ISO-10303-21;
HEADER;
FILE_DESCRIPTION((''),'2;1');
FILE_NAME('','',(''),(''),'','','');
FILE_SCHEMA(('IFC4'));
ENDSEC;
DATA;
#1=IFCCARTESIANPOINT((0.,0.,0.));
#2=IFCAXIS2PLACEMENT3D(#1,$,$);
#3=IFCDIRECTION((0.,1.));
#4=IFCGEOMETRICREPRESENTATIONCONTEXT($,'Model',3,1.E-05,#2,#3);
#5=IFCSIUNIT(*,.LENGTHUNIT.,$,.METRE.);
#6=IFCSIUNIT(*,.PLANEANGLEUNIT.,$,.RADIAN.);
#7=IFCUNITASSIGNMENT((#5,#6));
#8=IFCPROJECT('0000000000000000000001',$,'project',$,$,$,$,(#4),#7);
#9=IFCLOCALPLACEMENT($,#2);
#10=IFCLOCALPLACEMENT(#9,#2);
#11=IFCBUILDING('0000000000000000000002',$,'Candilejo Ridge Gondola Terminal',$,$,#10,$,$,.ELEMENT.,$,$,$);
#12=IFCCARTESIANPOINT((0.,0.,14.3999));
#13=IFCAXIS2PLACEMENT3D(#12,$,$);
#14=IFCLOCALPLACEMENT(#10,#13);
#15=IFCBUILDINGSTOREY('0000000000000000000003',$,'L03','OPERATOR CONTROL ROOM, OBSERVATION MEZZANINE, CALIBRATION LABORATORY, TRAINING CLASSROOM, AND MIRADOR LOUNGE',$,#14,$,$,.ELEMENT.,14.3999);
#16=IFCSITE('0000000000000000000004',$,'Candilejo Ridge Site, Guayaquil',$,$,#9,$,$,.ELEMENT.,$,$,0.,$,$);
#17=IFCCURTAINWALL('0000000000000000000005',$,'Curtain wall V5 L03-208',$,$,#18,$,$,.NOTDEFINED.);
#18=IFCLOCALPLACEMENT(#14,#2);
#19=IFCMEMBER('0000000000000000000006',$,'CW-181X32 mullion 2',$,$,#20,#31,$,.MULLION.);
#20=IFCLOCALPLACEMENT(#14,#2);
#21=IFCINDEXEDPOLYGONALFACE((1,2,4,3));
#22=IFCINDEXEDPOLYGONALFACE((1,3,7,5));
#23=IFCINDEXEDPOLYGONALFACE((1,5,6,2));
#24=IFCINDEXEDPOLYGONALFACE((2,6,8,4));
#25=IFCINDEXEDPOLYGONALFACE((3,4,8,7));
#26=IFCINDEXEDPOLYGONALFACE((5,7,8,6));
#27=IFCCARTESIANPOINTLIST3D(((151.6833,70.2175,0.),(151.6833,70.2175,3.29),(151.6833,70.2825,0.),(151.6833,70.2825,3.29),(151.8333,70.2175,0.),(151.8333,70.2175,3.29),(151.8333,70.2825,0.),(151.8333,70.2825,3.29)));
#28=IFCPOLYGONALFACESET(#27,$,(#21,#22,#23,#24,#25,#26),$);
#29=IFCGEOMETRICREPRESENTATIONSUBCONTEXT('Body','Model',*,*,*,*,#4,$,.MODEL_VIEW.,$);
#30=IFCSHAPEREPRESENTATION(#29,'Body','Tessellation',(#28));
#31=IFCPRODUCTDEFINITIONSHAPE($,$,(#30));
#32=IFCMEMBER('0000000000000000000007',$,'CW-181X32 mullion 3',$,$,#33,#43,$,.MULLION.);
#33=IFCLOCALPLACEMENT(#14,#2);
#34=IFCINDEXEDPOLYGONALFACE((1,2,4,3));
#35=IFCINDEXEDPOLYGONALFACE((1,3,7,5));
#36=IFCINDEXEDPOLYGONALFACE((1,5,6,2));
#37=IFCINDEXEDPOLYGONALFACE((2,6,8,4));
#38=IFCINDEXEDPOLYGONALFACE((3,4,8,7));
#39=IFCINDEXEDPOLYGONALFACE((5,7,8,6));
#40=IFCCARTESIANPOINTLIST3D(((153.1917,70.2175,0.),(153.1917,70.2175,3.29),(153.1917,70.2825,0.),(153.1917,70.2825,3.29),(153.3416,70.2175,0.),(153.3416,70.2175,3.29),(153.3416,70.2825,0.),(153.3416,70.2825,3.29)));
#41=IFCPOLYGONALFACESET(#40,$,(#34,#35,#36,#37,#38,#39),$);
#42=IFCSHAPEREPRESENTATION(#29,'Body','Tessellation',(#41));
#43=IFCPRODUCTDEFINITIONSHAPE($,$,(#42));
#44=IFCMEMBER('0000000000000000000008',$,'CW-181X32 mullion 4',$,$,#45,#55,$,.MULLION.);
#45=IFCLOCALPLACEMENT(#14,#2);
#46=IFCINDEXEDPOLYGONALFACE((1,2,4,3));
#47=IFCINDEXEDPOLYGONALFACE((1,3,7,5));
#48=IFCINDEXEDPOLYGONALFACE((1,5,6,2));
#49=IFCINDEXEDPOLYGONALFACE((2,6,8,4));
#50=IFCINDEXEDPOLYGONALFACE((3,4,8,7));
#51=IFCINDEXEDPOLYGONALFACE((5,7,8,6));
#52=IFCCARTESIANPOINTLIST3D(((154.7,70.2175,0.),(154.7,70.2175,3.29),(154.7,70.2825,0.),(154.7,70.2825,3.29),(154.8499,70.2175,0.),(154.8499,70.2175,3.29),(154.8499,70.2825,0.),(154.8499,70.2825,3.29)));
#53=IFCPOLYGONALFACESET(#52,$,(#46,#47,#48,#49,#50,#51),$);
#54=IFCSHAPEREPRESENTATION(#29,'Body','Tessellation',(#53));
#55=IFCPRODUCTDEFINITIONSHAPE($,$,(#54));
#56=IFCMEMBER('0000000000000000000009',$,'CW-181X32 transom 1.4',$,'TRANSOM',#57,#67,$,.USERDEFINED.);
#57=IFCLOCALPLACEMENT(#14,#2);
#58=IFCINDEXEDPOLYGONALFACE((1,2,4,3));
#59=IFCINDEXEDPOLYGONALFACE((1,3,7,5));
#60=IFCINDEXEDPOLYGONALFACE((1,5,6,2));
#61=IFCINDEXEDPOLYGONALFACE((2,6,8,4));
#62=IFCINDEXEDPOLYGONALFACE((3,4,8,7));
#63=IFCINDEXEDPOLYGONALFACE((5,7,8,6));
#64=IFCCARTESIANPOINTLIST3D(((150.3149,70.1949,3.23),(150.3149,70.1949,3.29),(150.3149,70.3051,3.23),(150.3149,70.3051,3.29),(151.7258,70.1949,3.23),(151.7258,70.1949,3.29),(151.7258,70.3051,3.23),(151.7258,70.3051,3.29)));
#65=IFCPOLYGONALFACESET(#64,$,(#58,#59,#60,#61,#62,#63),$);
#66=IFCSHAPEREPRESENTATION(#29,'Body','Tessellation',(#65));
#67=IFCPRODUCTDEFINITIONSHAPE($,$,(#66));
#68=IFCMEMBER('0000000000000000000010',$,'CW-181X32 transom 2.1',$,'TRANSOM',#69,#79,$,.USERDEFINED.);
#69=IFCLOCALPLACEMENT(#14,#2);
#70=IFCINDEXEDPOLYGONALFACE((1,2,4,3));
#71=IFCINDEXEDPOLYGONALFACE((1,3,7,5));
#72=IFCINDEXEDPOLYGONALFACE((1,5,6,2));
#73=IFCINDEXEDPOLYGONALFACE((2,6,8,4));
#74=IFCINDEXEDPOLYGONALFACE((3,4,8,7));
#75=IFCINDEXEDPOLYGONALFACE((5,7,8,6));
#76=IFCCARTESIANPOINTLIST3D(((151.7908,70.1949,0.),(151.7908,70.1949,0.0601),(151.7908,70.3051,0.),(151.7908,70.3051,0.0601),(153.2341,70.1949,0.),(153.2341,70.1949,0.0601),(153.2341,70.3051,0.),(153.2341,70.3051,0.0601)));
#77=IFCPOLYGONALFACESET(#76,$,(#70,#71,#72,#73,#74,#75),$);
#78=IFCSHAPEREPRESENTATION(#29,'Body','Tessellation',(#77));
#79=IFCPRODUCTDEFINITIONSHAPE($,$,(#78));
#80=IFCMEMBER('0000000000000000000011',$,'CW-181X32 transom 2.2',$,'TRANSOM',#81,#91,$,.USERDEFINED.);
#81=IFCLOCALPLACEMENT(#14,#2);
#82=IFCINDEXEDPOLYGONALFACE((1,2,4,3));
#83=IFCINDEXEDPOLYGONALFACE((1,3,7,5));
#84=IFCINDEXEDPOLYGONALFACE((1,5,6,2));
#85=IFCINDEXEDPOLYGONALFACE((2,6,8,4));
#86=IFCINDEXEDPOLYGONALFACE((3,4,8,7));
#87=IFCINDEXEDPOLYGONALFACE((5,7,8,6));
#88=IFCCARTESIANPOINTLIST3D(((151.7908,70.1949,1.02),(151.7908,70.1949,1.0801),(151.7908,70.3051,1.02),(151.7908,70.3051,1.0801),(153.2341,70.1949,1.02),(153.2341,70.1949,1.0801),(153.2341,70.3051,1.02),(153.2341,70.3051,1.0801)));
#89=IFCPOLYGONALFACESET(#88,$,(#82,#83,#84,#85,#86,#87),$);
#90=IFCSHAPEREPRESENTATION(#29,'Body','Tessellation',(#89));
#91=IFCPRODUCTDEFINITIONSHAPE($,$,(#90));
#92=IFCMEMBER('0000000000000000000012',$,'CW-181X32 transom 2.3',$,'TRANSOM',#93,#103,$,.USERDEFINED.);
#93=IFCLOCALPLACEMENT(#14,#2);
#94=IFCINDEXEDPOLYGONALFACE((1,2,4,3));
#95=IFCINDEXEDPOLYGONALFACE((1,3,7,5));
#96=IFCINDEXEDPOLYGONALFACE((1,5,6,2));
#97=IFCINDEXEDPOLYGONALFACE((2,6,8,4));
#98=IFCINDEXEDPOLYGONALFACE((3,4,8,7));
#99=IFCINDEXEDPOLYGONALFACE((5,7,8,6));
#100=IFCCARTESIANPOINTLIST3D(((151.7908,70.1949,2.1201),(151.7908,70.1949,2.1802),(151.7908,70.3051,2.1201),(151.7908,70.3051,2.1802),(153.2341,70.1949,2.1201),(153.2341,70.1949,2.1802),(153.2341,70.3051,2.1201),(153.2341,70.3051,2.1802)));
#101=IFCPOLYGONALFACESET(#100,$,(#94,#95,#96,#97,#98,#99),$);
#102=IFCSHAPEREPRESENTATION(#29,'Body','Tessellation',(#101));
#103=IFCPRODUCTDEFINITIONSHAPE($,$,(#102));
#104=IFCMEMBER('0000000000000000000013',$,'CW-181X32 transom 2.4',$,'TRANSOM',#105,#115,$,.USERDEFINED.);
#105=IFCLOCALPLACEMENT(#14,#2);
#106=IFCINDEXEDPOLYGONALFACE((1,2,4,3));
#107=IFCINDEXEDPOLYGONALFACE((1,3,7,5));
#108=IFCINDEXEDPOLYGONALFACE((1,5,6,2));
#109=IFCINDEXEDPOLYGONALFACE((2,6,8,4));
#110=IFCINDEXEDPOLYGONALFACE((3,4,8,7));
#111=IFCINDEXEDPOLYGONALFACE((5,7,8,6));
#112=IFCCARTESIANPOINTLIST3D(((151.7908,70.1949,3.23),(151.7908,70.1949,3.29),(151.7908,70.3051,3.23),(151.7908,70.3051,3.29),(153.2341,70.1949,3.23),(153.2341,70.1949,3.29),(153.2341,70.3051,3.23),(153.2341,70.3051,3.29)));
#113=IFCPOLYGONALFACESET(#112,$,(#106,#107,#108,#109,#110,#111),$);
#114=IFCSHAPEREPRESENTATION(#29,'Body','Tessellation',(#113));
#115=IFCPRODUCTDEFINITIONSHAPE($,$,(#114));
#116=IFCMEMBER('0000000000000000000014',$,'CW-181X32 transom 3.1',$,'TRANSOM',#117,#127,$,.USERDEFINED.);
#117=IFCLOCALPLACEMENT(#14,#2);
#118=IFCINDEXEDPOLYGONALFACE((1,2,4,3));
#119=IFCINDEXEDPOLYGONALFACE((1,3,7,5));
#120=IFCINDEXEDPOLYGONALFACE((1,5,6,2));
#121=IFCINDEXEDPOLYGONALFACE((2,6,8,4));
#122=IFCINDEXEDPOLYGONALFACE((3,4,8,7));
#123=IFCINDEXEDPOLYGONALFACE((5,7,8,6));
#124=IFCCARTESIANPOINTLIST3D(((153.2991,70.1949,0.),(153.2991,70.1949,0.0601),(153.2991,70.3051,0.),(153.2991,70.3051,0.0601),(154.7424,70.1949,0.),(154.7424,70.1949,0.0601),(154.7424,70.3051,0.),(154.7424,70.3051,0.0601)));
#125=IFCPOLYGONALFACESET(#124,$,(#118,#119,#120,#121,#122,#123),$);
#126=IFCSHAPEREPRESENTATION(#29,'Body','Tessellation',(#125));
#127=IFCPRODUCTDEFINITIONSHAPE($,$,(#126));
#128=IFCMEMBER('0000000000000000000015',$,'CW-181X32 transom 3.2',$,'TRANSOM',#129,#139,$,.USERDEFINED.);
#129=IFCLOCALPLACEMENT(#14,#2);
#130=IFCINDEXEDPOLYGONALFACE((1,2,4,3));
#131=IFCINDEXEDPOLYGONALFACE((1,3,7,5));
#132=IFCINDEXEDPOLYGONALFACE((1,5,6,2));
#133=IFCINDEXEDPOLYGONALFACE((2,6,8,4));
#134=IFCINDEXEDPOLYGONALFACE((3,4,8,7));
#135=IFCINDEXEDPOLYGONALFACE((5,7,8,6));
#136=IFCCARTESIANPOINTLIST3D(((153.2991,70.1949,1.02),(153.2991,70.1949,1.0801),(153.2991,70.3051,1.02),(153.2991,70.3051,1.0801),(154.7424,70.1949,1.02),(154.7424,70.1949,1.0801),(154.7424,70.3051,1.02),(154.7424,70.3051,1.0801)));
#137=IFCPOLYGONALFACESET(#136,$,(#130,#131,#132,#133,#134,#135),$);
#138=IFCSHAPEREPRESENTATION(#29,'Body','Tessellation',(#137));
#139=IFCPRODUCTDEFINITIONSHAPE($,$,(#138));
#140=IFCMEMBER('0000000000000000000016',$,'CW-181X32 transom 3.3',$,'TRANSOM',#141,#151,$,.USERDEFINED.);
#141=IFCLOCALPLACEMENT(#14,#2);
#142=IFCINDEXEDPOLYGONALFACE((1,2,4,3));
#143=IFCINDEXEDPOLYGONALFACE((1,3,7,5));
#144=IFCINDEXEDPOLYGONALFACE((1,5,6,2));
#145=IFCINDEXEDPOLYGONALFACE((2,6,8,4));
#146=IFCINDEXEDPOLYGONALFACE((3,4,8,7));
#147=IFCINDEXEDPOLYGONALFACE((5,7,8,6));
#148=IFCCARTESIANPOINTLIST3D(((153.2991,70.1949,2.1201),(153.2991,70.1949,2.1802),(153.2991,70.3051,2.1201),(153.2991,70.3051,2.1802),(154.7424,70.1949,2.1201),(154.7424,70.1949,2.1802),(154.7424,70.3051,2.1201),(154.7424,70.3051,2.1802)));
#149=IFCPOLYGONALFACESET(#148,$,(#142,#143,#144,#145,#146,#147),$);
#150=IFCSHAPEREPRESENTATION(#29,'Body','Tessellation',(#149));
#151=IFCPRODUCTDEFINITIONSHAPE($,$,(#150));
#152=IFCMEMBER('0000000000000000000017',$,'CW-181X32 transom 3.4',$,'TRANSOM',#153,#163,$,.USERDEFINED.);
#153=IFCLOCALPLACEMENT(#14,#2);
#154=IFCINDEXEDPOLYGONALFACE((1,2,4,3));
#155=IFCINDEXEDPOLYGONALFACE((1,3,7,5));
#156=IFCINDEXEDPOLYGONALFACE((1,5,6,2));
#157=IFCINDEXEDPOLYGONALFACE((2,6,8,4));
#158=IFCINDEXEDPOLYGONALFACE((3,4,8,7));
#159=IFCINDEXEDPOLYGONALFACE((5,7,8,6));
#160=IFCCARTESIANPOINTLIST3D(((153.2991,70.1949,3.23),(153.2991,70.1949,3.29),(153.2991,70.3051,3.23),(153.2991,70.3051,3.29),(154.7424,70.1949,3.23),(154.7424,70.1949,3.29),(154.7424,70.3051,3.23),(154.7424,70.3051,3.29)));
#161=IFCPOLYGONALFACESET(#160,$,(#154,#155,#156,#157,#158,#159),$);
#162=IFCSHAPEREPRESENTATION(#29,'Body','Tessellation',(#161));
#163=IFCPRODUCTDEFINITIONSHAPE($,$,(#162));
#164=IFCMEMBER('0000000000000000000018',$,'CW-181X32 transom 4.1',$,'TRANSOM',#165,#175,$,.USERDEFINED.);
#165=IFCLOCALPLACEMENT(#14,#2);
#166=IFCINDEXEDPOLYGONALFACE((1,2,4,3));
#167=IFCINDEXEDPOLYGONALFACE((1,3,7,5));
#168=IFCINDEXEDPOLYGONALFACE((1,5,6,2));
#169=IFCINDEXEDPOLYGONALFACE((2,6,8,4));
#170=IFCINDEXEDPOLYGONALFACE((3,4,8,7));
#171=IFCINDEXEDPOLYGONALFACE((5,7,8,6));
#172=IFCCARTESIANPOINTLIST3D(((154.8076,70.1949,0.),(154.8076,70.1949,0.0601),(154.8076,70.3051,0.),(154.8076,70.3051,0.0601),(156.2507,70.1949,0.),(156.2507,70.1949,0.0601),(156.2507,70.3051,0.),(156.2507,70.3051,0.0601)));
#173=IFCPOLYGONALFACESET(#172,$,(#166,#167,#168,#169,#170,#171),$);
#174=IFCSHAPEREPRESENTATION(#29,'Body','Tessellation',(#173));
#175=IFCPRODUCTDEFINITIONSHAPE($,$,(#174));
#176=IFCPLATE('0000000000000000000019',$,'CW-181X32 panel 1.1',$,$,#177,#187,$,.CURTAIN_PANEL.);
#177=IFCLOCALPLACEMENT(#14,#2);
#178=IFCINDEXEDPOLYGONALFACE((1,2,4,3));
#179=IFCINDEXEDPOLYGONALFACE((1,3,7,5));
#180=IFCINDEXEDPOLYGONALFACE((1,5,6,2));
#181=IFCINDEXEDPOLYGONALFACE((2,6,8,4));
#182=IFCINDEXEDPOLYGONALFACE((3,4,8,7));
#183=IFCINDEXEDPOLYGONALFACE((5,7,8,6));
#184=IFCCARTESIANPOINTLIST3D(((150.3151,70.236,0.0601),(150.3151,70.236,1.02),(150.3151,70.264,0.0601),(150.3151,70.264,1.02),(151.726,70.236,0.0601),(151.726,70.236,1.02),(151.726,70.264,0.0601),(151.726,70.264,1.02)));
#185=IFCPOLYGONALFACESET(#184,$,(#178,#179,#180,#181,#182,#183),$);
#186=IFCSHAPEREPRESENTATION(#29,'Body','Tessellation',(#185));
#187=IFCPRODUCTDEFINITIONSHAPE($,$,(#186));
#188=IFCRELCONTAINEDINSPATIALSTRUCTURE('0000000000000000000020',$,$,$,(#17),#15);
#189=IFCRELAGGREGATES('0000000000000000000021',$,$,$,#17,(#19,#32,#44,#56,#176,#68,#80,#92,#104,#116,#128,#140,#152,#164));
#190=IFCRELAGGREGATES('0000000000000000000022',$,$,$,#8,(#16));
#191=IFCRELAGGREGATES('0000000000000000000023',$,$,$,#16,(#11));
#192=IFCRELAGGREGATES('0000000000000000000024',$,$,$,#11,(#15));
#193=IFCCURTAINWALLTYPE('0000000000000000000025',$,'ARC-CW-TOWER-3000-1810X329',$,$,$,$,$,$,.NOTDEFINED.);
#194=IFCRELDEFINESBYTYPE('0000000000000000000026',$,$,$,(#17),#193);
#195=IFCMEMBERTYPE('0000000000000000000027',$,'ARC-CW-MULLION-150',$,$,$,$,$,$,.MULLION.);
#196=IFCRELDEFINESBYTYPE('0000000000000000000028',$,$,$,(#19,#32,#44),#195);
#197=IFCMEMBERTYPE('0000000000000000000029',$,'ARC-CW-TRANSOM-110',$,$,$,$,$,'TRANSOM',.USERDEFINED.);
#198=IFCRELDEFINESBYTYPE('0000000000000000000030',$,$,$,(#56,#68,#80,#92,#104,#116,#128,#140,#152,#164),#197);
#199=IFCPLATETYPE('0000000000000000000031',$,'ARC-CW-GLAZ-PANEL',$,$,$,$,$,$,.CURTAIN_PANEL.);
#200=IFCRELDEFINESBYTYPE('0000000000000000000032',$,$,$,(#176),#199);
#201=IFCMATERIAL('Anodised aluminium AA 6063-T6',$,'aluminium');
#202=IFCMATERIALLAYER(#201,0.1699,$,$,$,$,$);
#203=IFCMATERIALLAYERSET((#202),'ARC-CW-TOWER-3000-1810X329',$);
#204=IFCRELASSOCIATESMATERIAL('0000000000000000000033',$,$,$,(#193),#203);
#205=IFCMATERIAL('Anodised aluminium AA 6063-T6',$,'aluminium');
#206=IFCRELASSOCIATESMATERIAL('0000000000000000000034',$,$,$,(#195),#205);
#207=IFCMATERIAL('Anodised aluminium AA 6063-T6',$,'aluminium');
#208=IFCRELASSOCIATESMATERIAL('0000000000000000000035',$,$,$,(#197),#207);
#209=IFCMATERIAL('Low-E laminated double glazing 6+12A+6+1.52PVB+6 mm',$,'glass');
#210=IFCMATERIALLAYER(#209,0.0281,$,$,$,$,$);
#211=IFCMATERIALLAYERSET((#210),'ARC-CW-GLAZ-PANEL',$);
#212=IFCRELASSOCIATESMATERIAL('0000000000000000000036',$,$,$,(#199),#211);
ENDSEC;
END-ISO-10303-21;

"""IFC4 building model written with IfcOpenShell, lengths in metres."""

from ifc_helpers import new_model, si_unit, direction, frame, origin, origin_2d, place, context, subcontext, project, spatial, rectangle, extrude, material, layer, layer_set, material_profile, profile_set, type_object, element, aggregate, save


model = new_model("IFC4")

# Units and contexts
model_context = context("Model", 3, precision=1e-05, world=origin(), true_north=direction((0.0, 1.0)))
body_context = subcontext(model_context, "Body", "Model", "MODEL_VIEW")
ifc_project = project(units=[si_unit("LENGTHUNIT", "METRE"), si_unit("PLANEANGLEUNIT", "RADIAN")], contexts=[model_context])

# Site, building, storey
site_placement = place(None, origin())
site = spatial("IfcSite", under=ifc_project, at=site_placement, Name="Candilejo Ridge Site, Guayaquil", CompositionType="ELEMENT", RefElevation=0.0)
building_placement = place(site_placement, origin())
building = spatial("IfcBuilding", under=site, at=building_placement, Name="Candilejo Ridge Gondola Terminal", CompositionType="ELEMENT")
storey_placement = place(building_placement, frame((0.0, 0.0, 14.3999)))
storey = spatial("IfcBuildingStorey", under=building, at=storey_placement, Name="L03", Description="OPERATOR CONTROL ROOM, OBSERVATION MEZZANINE, CALIBRATION LABORATORY, TRAINING CLASSROOM, AND MIRADOR LOUNGE", CompositionType="ELEMENT", Elevation=14.3999)

# Curtain wall, members, plate
ifc_material_1 = material(Name="Anodised aluminium AA 6063-T6", Category="aluminium")
ifc_layer_1 = layer(ifc_material_1, 0.1699)
ifc_layer_set_1 = layer_set([ifc_layer_1], Name="ARC-CW-TOWER-3000-1810X329")
curtain_wall_type = type_object("IfcCurtainWallType", Name="ARC-CW-TOWER-3000-1810X329", PredefinedType="NOTDEFINED", material=ifc_layer_set_1)
curtain_wall_placement = place(storey_placement, origin())
curtain_wall = element("IfcCurtainWall", 1, at=curtain_wall_placement, inside=storey, type_object=curtain_wall_type, Name="Curtain wall V5 L03-208", PredefinedType="NOTDEFINED")
ifc_material_2 = material(Name="Anodised aluminium AA 6063-T6", Category="aluminium")
ifc_material_profile_1 = material_profile(ifc_material_2, rectangle(XDim=0.0649, YDim=0.1499, at=origin_2d()))
ifc_profile_set_1 = profile_set([ifc_material_profile_1], Name="Anodised aluminium AA 6063-T6")
member_type_1 = type_object("IfcMemberType", Name="ARC-CW-MULLION-150", PredefinedType="MULLION", material=ifc_profile_set_1)
member_1_placement = place(storey_placement, frame((151.7583, 70.25, 0.0), z_axis=(0.0, 0.0, 1.0), x_axis=(0.0, 1.0, 0.0)))
member_1 = element("IfcMember", 2, at=member_1_placement, type_object=member_type_1, Name="CW-181X32 mullion 2", PredefinedType="MULLION", context=body_context, shape_type="SweptSolid", body=[
    extrude(rectangle(XDim=0.0649, YDim=0.1499, at=origin_2d()), origin(), (0.0, 0.0, 1.0), 3.29),
])
member_2_placement = place(storey_placement, frame((153.2666, 70.25, 0.0), z_axis=(0.0, 0.0, 1.0), x_axis=(0.0, 1.0, 0.0)))
member_2 = element("IfcMember", 3, at=member_2_placement, type_object=member_type_1, Name="CW-181X32 mullion 3", PredefinedType="MULLION", context=body_context, shape_type="SweptSolid", body=[
    extrude(rectangle(XDim=0.0649, YDim=0.1499, at=origin_2d()), origin(), (0.0, 0.0, 1.0), 3.29),
])
member_3_placement = place(storey_placement, frame((154.7749, 70.25, 0.0), z_axis=(0.0, 0.0, 1.0), x_axis=(0.0, 1.0, 0.0)))
member_3 = element("IfcMember", 4, at=member_3_placement, type_object=member_type_1, Name="CW-181X32 mullion 4", PredefinedType="MULLION", context=body_context, shape_type="SweptSolid", body=[
    extrude(rectangle(XDim=0.0649, YDim=0.1499, at=origin_2d()), origin(), (0.0, 0.0, 1.0), 3.29),
])
ifc_material_3 = material(Name="Anodised aluminium AA 6063-T6", Category="aluminium")
ifc_material_profile_2 = material_profile(ifc_material_3, rectangle(XDim=0.1101, YDim=0.0601, at=origin_2d()))
ifc_profile_set_2 = profile_set([ifc_material_profile_2], Name="Anodised aluminium AA 6063-T6")
member_type_2 = type_object("IfcMemberType", Name="ARC-CW-TRANSOM-110", ElementType="TRANSOM", PredefinedType="USERDEFINED", material=ifc_profile_set_2)
member_4_placement = place(storey_placement, frame((150.3149, 70.25, 3.26), z_axis=(1.0, 0.0, 0.0), x_axis=(0.0, 1.0, 0.0)))
member_4 = element("IfcMember", 5, at=member_4_placement, type_object=member_type_2, Name="CW-181X32 transom 1.4", ObjectType="TRANSOM", PredefinedType="USERDEFINED", context=body_context, shape_type="SweptSolid", body=[
    extrude(rectangle(XDim=0.1101, YDim=0.0601, at=origin_2d()), origin(), (0.0, 0.0, 1.0), 1.4109),
])
member_5_placement = place(storey_placement, frame((151.7908, 70.25, 0.03), z_axis=(1.0, 0.0, 0.0), x_axis=(0.0, 1.0, 0.0)))
member_5 = element("IfcMember", 6, at=member_5_placement, type_object=member_type_2, Name="CW-181X32 transom 2.1", ObjectType="TRANSOM", PredefinedType="USERDEFINED", context=body_context, shape_type="SweptSolid", body=[
    extrude(rectangle(XDim=0.1101, YDim=0.0601, at=origin_2d()), origin(), (0.0, 0.0, 1.0), 1.4434),
])
member_6_placement = place(storey_placement, frame((151.7908, 70.25, 1.05), z_axis=(1.0, 0.0, 0.0), x_axis=(0.0, 1.0, 0.0)))
member_6 = element("IfcMember", 7, at=member_6_placement, type_object=member_type_2, Name="CW-181X32 transom 2.2", ObjectType="TRANSOM", PredefinedType="USERDEFINED", context=body_context, shape_type="SweptSolid", body=[
    extrude(rectangle(XDim=0.1101, YDim=0.0601, at=origin_2d()), origin(), (0.0, 0.0, 1.0), 1.4434),
])
member_7_placement = place(storey_placement, frame((151.7908, 70.25, 2.1501), z_axis=(1.0, 0.0, 0.0), x_axis=(0.0, 1.0, 0.0)))
member_7 = element("IfcMember", 8, at=member_7_placement, type_object=member_type_2, Name="CW-181X32 transom 2.3", ObjectType="TRANSOM", PredefinedType="USERDEFINED", context=body_context, shape_type="SweptSolid", body=[
    extrude(rectangle(XDim=0.1101, YDim=0.0601, at=origin_2d()), origin(), (0.0, 0.0, 1.0), 1.4434),
])
member_8_placement = place(storey_placement, frame((151.7908, 70.25, 3.26), z_axis=(1.0, 0.0, 0.0), x_axis=(0.0, 1.0, 0.0)))
member_8 = element("IfcMember", 9, at=member_8_placement, type_object=member_type_2, Name="CW-181X32 transom 2.4", ObjectType="TRANSOM", PredefinedType="USERDEFINED", context=body_context, shape_type="SweptSolid", body=[
    extrude(rectangle(XDim=0.1101, YDim=0.0601, at=origin_2d()), origin(), (0.0, 0.0, 1.0), 1.4434),
])
member_9_placement = place(storey_placement, frame((153.2991, 70.25, 0.03), z_axis=(1.0, 0.0, 0.0), x_axis=(0.0, 1.0, 0.0)))
member_9 = element("IfcMember", 10, at=member_9_placement, type_object=member_type_2, Name="CW-181X32 transom 3.1", ObjectType="TRANSOM", PredefinedType="USERDEFINED", context=body_context, shape_type="SweptSolid", body=[
    extrude(rectangle(XDim=0.1101, YDim=0.0601, at=origin_2d()), origin(), (0.0, 0.0, 1.0), 1.4434),
])
member_10_placement = place(storey_placement, frame((153.2991, 70.25, 1.05), z_axis=(1.0, 0.0, 0.0), x_axis=(0.0, 1.0, 0.0)))
member_10 = element("IfcMember", 11, at=member_10_placement, type_object=member_type_2, Name="CW-181X32 transom 3.2", ObjectType="TRANSOM", PredefinedType="USERDEFINED", context=body_context, shape_type="SweptSolid", body=[
    extrude(rectangle(XDim=0.1101, YDim=0.0601, at=origin_2d()), origin(), (0.0, 0.0, 1.0), 1.4434),
])
member_11_placement = place(storey_placement, frame((153.2991, 70.25, 2.1501), z_axis=(1.0, 0.0, 0.0), x_axis=(0.0, 1.0, 0.0)))
member_11 = element("IfcMember", 12, at=member_11_placement, type_object=member_type_2, Name="CW-181X32 transom 3.3", ObjectType="TRANSOM", PredefinedType="USERDEFINED", context=body_context, shape_type="SweptSolid", body=[
    extrude(rectangle(XDim=0.1101, YDim=0.0601, at=origin_2d()), origin(), (0.0, 0.0, 1.0), 1.4434),
])
member_12_placement = place(storey_placement, frame((153.2991, 70.25, 3.26), z_axis=(1.0, 0.0, 0.0), x_axis=(0.0, 1.0, 0.0)))
member_12 = element("IfcMember", 13, at=member_12_placement, type_object=member_type_2, Name="CW-181X32 transom 3.4", ObjectType="TRANSOM", PredefinedType="USERDEFINED", context=body_context, shape_type="SweptSolid", body=[
    extrude(rectangle(XDim=0.1101, YDim=0.0601, at=origin_2d()), origin(), (0.0, 0.0, 1.0), 1.4434),
])
member_13_placement = place(storey_placement, frame((154.8076, 70.25, 0.03), z_axis=(1.0, 0.0, 0.0), x_axis=(0.0, 1.0, 0.0)))
member_13 = element("IfcMember", 14, at=member_13_placement, type_object=member_type_2, Name="CW-181X32 transom 4.1", ObjectType="TRANSOM", PredefinedType="USERDEFINED", context=body_context, shape_type="SweptSolid", body=[
    extrude(rectangle(XDim=0.1101, YDim=0.0601, at=origin_2d()), origin(), (0.0, 0.0, 1.0), 1.4431),
])
ifc_material_4 = material(Name="Low-E laminated double glazing 6+12A+6+1.52PVB+6 mm", Category="glass")
ifc_layer_2 = layer(ifc_material_4, 0.0281)
ifc_layer_set_2 = layer_set([ifc_layer_2], Name="ARC-CW-GLAZ-PANEL")
plate_type = type_object("IfcPlateType", Name="ARC-CW-GLAZ-PANEL", PredefinedType="CURTAIN_PANEL", material=ifc_layer_set_2)
plate_1_placement = place(storey_placement, frame((151.0205, 70.25, 0.0601), z_axis=(0.0, 0.0, 1.0), x_axis=(1.0, 0.0, 0.0)))
plate_1 = element("IfcPlate", 15, at=plate_1_placement, type_object=plate_type, Name="CW-181X32 panel 1.1", PredefinedType="CURTAIN_PANEL", context=body_context, shape_type="SweptSolid", body=[
    extrude(rectangle(XDim=1.4109, YDim=0.0281, at=origin_2d()), origin(), (0.0, 0.0, 1.0), 0.96),
])
aggregate(curtain_wall, [member_1, member_2, member_3, member_4, plate_1, member_5, member_6, member_7, member_8, member_9, member_10, member_11, member_12, member_13])

save(model, "model.ifc")
